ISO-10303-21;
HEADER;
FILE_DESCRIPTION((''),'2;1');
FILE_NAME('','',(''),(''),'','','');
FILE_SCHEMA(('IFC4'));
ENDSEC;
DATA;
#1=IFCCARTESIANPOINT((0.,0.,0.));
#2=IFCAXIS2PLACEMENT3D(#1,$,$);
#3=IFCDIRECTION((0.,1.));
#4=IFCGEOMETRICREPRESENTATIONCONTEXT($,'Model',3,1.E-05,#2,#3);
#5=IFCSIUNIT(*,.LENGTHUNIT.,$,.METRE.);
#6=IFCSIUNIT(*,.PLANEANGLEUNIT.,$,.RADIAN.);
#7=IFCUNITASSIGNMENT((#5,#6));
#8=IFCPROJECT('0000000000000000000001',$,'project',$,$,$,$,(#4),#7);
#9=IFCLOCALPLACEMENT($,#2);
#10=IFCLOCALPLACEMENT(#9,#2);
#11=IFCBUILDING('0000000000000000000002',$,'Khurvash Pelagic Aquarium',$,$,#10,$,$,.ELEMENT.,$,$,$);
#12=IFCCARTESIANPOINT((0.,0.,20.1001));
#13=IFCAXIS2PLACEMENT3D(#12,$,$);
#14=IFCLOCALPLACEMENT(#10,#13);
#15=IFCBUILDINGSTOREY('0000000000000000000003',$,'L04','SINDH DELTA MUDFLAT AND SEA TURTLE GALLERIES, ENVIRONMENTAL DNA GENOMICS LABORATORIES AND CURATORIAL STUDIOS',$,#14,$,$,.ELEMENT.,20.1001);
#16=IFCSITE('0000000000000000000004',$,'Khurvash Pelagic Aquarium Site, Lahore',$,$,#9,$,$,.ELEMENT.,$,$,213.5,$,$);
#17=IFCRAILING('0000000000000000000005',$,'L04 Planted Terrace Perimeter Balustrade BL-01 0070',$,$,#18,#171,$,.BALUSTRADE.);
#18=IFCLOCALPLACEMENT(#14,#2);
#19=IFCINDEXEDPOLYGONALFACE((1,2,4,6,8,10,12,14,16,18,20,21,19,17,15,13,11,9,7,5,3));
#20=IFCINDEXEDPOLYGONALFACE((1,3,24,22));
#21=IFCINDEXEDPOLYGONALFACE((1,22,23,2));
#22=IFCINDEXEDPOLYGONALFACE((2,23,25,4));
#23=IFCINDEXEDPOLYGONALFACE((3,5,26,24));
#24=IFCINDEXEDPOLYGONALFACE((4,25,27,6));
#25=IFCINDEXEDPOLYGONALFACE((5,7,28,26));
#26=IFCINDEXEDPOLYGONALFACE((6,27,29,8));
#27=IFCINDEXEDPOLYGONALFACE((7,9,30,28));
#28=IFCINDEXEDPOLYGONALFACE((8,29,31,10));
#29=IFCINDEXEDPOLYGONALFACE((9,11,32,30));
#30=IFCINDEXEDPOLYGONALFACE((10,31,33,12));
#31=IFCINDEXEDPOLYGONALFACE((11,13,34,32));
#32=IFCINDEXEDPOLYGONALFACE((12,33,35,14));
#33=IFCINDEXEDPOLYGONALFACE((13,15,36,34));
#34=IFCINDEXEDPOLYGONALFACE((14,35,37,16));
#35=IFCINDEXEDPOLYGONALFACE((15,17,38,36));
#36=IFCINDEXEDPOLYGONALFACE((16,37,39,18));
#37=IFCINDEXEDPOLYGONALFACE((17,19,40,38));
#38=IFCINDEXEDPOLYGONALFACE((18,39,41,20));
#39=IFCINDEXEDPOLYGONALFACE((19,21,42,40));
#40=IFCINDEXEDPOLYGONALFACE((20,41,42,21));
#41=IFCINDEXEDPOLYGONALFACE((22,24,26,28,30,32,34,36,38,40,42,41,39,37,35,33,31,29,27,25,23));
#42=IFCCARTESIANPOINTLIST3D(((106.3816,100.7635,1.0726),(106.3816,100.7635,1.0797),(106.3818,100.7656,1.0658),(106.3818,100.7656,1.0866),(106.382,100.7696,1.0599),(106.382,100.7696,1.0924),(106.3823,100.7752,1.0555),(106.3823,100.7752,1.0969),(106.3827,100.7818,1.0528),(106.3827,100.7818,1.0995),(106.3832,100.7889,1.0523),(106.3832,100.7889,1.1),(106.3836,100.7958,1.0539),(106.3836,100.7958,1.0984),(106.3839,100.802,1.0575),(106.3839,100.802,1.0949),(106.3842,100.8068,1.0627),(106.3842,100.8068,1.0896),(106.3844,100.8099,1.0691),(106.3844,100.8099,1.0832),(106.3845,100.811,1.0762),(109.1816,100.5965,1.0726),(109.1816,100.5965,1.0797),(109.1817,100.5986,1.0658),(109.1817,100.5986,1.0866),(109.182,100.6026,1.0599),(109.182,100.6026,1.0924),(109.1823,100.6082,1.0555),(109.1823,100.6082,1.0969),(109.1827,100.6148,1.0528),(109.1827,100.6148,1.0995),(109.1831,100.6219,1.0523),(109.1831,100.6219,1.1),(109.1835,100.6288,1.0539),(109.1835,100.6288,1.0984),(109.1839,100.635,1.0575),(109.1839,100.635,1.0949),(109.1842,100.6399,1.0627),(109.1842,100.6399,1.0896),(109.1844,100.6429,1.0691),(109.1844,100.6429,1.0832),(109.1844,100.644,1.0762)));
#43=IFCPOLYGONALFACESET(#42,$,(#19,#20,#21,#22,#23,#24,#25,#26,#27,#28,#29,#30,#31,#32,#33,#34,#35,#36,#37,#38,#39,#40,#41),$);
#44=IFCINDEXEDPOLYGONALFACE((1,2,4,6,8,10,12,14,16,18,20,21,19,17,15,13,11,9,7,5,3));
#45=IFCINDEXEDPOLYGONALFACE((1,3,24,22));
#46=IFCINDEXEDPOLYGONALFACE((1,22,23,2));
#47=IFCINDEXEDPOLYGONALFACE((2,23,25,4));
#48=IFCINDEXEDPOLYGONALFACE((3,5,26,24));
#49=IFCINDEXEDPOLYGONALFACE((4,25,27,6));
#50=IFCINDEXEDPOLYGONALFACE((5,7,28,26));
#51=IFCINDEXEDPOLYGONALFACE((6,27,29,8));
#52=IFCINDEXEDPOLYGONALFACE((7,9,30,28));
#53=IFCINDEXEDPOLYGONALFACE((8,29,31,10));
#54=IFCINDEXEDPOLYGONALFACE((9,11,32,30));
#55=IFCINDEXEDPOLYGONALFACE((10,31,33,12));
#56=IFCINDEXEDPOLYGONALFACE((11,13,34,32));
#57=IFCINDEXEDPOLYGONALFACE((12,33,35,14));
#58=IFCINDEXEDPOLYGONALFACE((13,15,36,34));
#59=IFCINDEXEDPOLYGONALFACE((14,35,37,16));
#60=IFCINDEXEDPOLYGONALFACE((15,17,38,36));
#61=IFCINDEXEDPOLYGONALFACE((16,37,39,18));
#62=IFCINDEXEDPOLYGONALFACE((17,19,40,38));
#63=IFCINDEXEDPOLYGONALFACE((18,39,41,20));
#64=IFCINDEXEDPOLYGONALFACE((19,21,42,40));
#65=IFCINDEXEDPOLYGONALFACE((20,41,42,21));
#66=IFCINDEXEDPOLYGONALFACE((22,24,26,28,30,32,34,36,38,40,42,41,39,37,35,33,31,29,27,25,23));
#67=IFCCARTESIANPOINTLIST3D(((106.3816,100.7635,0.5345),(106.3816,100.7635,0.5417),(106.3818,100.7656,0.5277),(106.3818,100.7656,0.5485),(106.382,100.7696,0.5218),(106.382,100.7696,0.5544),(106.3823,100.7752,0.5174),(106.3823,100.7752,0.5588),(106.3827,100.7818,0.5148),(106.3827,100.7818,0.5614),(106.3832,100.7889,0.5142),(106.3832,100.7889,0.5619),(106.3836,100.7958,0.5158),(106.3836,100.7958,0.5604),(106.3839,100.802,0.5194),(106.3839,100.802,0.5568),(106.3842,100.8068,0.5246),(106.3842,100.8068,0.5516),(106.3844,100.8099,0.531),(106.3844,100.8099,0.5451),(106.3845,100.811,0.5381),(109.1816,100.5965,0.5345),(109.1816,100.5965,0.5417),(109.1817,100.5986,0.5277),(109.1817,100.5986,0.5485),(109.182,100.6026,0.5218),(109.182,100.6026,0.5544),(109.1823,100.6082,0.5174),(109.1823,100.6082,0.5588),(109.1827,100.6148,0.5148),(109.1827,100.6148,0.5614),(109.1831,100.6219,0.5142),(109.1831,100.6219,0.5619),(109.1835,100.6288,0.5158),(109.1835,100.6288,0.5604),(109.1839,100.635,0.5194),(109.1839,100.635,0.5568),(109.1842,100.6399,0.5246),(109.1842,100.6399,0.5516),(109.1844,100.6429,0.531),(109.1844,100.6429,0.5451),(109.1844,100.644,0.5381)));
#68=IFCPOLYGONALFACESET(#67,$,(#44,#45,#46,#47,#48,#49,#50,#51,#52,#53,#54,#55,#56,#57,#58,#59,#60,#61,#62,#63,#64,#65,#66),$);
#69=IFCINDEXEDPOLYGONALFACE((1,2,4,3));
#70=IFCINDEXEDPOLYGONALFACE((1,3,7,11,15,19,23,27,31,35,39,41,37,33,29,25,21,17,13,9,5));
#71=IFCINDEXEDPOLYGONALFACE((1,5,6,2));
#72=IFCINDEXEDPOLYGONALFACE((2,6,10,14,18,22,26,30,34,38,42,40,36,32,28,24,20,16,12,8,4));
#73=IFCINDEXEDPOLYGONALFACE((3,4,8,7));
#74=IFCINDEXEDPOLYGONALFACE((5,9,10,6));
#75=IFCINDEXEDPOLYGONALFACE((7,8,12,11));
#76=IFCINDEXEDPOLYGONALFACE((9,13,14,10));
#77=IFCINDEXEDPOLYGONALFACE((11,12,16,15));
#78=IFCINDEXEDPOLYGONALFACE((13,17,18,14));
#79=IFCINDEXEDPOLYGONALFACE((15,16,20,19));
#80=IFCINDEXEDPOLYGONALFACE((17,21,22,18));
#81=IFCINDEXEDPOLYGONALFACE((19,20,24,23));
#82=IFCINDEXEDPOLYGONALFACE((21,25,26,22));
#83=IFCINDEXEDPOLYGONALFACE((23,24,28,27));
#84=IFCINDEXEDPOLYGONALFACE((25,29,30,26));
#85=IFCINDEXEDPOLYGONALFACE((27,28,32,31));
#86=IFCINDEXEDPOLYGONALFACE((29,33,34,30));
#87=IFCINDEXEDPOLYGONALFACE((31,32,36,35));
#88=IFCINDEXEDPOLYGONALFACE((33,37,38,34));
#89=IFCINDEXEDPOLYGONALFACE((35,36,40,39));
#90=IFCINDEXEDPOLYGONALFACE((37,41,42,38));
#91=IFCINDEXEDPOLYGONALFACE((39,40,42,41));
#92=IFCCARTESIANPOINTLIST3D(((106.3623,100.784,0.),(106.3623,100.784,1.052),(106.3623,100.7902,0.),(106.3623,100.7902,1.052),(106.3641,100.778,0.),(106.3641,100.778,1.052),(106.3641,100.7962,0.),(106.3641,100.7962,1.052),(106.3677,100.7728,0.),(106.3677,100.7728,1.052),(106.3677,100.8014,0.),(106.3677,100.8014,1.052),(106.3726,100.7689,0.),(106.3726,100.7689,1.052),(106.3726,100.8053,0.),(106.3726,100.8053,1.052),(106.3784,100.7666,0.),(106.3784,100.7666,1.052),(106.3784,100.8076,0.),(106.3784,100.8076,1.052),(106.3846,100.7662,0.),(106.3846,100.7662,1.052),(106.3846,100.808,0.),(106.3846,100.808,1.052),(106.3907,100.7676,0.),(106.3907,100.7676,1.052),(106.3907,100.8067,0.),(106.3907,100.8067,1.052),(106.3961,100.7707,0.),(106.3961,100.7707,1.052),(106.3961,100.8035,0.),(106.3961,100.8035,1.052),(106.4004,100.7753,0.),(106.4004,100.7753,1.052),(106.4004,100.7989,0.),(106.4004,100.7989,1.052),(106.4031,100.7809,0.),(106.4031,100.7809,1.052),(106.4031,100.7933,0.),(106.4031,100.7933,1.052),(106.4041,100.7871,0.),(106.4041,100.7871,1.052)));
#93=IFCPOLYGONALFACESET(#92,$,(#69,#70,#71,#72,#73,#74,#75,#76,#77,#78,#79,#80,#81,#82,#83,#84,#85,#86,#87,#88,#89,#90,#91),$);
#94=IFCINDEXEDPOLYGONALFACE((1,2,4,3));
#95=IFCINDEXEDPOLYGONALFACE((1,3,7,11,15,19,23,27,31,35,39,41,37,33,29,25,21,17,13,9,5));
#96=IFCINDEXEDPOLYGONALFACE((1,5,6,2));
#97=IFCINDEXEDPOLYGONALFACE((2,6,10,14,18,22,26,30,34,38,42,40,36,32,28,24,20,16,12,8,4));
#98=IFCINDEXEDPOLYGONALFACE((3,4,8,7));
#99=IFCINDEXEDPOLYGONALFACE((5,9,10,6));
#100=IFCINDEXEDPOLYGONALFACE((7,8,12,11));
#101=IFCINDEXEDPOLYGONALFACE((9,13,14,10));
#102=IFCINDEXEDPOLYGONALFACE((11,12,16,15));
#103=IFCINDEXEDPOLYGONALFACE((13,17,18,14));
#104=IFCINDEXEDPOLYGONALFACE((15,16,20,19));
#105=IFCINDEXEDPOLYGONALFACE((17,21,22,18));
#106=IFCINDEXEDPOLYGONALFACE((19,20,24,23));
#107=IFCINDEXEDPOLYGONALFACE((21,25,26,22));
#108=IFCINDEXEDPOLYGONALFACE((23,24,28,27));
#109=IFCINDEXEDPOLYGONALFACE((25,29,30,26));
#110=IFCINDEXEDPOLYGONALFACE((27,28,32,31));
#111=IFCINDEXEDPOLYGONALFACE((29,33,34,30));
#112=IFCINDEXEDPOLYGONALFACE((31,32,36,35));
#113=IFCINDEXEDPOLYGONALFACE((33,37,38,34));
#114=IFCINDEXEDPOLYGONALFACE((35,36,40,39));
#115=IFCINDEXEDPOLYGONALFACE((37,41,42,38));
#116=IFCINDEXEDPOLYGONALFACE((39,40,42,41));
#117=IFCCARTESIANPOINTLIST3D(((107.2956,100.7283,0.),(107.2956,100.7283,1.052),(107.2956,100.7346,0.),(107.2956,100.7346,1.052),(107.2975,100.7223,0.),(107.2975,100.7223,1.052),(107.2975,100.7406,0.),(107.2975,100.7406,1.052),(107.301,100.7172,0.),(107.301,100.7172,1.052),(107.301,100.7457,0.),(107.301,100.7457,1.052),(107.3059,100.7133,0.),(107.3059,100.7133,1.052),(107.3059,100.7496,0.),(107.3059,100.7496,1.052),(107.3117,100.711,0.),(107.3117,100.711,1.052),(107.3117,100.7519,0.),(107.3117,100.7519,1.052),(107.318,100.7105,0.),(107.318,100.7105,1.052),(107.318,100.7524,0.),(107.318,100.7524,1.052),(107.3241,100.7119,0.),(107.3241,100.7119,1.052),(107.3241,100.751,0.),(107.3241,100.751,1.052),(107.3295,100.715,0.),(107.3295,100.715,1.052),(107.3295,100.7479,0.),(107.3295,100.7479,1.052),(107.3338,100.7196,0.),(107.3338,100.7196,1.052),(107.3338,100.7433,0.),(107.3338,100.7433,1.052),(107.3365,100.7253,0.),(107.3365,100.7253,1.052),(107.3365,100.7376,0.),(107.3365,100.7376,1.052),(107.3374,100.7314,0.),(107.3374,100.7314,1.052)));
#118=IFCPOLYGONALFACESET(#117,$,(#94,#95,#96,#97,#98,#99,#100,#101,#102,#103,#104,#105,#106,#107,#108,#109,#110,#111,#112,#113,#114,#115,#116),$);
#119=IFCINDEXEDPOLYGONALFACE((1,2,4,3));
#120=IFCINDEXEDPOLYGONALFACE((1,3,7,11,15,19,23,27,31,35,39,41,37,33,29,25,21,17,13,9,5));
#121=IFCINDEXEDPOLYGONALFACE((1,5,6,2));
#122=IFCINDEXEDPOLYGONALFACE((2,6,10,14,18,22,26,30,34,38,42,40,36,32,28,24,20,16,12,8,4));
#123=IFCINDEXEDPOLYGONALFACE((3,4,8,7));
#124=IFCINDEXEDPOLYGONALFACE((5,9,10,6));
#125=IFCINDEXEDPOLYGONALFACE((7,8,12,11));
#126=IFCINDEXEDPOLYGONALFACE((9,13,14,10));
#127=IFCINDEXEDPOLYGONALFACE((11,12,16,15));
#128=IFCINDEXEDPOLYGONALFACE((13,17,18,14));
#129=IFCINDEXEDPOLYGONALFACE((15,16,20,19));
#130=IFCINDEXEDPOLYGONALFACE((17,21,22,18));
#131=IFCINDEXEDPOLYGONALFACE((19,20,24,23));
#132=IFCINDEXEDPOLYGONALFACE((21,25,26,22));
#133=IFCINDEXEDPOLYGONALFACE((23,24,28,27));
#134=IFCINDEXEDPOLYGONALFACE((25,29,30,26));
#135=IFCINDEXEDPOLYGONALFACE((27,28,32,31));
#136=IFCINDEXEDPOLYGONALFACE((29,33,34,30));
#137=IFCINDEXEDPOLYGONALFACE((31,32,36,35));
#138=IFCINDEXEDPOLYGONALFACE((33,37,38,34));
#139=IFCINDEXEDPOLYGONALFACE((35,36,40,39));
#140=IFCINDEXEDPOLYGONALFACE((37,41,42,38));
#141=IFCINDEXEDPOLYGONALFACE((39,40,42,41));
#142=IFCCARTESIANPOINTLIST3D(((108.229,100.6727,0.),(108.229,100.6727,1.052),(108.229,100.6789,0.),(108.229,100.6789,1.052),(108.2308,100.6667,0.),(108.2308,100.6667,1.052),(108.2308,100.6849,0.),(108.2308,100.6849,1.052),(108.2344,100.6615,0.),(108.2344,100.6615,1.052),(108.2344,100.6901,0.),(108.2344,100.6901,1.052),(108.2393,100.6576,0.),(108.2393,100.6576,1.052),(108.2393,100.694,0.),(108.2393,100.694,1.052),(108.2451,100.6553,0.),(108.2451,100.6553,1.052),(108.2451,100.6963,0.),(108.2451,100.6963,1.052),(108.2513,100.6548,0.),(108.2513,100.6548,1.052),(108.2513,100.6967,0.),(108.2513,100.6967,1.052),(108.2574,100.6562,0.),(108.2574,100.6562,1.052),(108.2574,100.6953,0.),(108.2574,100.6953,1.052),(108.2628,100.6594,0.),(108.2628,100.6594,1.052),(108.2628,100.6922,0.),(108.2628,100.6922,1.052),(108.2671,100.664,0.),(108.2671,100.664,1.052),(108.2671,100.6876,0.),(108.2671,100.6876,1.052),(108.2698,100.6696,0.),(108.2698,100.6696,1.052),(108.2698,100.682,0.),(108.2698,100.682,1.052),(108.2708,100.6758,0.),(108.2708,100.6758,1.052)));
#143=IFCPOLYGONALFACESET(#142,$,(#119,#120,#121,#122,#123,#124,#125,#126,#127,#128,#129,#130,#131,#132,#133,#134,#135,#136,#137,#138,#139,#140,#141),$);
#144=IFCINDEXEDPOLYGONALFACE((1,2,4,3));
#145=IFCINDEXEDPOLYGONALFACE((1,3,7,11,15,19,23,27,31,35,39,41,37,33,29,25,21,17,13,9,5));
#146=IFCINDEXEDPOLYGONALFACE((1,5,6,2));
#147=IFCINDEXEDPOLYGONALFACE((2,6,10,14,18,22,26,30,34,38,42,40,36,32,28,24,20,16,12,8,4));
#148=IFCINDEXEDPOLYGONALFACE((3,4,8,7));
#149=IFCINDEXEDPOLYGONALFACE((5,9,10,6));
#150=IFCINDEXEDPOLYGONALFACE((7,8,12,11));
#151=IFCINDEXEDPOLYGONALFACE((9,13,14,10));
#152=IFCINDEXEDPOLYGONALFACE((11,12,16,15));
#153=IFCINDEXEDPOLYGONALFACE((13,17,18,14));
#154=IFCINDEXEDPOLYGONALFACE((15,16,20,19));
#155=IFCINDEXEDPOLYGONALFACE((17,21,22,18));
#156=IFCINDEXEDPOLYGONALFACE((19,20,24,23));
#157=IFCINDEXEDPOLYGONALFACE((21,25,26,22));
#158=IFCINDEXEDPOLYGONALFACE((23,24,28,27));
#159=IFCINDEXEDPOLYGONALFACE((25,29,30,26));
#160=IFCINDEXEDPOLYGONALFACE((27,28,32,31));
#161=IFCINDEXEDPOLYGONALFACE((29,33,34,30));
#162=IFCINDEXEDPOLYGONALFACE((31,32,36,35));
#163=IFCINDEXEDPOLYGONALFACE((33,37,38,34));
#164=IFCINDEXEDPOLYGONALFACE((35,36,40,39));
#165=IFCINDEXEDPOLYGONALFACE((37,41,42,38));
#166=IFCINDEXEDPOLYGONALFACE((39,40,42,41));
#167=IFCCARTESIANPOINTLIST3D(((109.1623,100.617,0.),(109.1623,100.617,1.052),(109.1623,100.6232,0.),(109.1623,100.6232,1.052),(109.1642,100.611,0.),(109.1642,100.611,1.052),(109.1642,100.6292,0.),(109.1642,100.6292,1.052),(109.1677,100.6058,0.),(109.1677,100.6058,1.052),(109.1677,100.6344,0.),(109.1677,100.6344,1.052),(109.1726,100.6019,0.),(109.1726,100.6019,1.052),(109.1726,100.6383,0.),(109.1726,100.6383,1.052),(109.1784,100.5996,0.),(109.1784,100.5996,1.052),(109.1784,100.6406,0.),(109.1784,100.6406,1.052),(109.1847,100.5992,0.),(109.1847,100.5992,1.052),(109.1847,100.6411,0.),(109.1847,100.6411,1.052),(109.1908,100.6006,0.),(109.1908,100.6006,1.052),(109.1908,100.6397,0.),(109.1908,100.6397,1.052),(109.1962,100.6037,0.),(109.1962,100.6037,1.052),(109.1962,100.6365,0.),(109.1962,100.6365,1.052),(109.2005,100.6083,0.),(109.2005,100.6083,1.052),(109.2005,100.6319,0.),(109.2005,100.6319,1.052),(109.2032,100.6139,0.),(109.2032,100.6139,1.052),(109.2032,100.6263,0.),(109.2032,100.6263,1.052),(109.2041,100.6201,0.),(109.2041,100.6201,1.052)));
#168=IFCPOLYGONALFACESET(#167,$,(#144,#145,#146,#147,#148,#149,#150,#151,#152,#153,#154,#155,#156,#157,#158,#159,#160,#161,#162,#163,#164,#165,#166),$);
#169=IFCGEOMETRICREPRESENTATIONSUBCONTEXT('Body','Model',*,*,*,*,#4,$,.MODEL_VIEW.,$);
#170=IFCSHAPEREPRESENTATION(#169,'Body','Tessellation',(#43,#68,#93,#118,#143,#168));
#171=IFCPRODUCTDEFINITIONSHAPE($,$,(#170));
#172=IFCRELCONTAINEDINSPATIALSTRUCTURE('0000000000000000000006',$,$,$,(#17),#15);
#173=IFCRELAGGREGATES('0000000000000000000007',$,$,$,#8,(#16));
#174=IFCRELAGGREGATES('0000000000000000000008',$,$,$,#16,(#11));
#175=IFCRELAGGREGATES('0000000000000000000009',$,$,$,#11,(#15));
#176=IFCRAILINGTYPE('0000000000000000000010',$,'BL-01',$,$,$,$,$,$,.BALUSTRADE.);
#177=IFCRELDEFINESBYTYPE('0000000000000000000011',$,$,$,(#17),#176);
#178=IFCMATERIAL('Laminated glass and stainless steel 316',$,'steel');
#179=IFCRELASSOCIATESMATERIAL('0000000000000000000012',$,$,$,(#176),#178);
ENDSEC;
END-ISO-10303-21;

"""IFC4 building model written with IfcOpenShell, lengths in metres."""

from ifc_helpers import new_model, si_unit, direction, frame, origin, origin_2d, place, context, subcontext, project, spatial, circle, extrude, material, type_object, element, save


model = new_model("IFC4")

# Units and contexts
model_context = context("Model", 3, precision=1e-05, world=origin(), true_north=direction((0.0, 1.0)))
body_context = subcontext(model_context, "Body", "Model", "MODEL_VIEW")
ifc_project = project(units=[si_unit("LENGTHUNIT", "METRE"), si_unit("PLANEANGLEUNIT", "RADIAN")], contexts=[model_context])

# Site, building, storey
site_placement = place(None, origin())
site = spatial("IfcSite", under=ifc_project, at=site_placement, Name="Khurvash Pelagic Aquarium Site, Lahore", CompositionType="ELEMENT", RefElevation=213.5)
building_placement = place(site_placement, origin())
building = spatial("IfcBuilding", under=site, at=building_placement, Name="Khurvash Pelagic Aquarium", CompositionType="ELEMENT")
storey_placement = place(building_placement, frame((0.0, 0.0, 20.1001)))
storey = spatial("IfcBuildingStorey", under=building, at=storey_placement, Name="L04", Description="SINDH DELTA MUDFLAT AND SEA TURTLE GALLERIES, ENVIRONMENTAL DNA GENOMICS LABORATORIES AND CURATORIAL STUDIOS", CompositionType="ELEMENT", Elevation=20.1001)

# Railing
ifc_material_1 = material(Name="Laminated glass and stainless steel 316", Category="steel")
railing_type = type_object("IfcRailingType", Name="BL-01", PredefinedType="BALUSTRADE", material=ifc_material_1)
railing_1_placement = place(storey_placement, frame((106.3831, 100.7871, 0.0)))
element("IfcRailing", 1, at=railing_1_placement, inside=storey, type_object=railing_type, Name="L04 Planted Terrace Perimeter Balustrade BL-01 0070", PredefinedType="BALUSTRADE", context=body_context, shape_type="SweptSolid", body=[
    extrude(circle(Radius=0.0239, at=origin_2d()), frame((0.0, 0.0, 1.0762), z_axis=(0.998226, -0.059533, 0.0), x_axis=(0.059533, 0.998226, 0.0)), (0.0, 0.0, 1.0), 2.8049),
    extrude(circle(Radius=0.0239, at=origin_2d()), frame((0.0, 0.0, 0.5381), z_axis=(0.998226, -0.059533, 0.0), x_axis=(0.059533, 0.998226, 0.0)), (0.0, 0.0, 1.0), 2.8049),
    extrude(circle(Radius=0.021, at=origin_2d()), origin(), (0.0, 0.0, 1.0), 1.052),
    extrude(circle(Radius=0.021, at=origin_2d()), frame((0.9333, -0.0557, 0.0)), (0.0, 0.0, 1.0), 1.052),
    extrude(circle(Radius=0.021, at=origin_2d()), frame((1.8667, -0.1113, 0.0)), (0.0, 0.0, 1.0), 1.052),
    extrude(circle(Radius=0.021, at=origin_2d()), frame((2.8, -0.167, 0.0)), (0.0, 0.0, 1.0), 1.052),
])

save(model, "model.ifc")
